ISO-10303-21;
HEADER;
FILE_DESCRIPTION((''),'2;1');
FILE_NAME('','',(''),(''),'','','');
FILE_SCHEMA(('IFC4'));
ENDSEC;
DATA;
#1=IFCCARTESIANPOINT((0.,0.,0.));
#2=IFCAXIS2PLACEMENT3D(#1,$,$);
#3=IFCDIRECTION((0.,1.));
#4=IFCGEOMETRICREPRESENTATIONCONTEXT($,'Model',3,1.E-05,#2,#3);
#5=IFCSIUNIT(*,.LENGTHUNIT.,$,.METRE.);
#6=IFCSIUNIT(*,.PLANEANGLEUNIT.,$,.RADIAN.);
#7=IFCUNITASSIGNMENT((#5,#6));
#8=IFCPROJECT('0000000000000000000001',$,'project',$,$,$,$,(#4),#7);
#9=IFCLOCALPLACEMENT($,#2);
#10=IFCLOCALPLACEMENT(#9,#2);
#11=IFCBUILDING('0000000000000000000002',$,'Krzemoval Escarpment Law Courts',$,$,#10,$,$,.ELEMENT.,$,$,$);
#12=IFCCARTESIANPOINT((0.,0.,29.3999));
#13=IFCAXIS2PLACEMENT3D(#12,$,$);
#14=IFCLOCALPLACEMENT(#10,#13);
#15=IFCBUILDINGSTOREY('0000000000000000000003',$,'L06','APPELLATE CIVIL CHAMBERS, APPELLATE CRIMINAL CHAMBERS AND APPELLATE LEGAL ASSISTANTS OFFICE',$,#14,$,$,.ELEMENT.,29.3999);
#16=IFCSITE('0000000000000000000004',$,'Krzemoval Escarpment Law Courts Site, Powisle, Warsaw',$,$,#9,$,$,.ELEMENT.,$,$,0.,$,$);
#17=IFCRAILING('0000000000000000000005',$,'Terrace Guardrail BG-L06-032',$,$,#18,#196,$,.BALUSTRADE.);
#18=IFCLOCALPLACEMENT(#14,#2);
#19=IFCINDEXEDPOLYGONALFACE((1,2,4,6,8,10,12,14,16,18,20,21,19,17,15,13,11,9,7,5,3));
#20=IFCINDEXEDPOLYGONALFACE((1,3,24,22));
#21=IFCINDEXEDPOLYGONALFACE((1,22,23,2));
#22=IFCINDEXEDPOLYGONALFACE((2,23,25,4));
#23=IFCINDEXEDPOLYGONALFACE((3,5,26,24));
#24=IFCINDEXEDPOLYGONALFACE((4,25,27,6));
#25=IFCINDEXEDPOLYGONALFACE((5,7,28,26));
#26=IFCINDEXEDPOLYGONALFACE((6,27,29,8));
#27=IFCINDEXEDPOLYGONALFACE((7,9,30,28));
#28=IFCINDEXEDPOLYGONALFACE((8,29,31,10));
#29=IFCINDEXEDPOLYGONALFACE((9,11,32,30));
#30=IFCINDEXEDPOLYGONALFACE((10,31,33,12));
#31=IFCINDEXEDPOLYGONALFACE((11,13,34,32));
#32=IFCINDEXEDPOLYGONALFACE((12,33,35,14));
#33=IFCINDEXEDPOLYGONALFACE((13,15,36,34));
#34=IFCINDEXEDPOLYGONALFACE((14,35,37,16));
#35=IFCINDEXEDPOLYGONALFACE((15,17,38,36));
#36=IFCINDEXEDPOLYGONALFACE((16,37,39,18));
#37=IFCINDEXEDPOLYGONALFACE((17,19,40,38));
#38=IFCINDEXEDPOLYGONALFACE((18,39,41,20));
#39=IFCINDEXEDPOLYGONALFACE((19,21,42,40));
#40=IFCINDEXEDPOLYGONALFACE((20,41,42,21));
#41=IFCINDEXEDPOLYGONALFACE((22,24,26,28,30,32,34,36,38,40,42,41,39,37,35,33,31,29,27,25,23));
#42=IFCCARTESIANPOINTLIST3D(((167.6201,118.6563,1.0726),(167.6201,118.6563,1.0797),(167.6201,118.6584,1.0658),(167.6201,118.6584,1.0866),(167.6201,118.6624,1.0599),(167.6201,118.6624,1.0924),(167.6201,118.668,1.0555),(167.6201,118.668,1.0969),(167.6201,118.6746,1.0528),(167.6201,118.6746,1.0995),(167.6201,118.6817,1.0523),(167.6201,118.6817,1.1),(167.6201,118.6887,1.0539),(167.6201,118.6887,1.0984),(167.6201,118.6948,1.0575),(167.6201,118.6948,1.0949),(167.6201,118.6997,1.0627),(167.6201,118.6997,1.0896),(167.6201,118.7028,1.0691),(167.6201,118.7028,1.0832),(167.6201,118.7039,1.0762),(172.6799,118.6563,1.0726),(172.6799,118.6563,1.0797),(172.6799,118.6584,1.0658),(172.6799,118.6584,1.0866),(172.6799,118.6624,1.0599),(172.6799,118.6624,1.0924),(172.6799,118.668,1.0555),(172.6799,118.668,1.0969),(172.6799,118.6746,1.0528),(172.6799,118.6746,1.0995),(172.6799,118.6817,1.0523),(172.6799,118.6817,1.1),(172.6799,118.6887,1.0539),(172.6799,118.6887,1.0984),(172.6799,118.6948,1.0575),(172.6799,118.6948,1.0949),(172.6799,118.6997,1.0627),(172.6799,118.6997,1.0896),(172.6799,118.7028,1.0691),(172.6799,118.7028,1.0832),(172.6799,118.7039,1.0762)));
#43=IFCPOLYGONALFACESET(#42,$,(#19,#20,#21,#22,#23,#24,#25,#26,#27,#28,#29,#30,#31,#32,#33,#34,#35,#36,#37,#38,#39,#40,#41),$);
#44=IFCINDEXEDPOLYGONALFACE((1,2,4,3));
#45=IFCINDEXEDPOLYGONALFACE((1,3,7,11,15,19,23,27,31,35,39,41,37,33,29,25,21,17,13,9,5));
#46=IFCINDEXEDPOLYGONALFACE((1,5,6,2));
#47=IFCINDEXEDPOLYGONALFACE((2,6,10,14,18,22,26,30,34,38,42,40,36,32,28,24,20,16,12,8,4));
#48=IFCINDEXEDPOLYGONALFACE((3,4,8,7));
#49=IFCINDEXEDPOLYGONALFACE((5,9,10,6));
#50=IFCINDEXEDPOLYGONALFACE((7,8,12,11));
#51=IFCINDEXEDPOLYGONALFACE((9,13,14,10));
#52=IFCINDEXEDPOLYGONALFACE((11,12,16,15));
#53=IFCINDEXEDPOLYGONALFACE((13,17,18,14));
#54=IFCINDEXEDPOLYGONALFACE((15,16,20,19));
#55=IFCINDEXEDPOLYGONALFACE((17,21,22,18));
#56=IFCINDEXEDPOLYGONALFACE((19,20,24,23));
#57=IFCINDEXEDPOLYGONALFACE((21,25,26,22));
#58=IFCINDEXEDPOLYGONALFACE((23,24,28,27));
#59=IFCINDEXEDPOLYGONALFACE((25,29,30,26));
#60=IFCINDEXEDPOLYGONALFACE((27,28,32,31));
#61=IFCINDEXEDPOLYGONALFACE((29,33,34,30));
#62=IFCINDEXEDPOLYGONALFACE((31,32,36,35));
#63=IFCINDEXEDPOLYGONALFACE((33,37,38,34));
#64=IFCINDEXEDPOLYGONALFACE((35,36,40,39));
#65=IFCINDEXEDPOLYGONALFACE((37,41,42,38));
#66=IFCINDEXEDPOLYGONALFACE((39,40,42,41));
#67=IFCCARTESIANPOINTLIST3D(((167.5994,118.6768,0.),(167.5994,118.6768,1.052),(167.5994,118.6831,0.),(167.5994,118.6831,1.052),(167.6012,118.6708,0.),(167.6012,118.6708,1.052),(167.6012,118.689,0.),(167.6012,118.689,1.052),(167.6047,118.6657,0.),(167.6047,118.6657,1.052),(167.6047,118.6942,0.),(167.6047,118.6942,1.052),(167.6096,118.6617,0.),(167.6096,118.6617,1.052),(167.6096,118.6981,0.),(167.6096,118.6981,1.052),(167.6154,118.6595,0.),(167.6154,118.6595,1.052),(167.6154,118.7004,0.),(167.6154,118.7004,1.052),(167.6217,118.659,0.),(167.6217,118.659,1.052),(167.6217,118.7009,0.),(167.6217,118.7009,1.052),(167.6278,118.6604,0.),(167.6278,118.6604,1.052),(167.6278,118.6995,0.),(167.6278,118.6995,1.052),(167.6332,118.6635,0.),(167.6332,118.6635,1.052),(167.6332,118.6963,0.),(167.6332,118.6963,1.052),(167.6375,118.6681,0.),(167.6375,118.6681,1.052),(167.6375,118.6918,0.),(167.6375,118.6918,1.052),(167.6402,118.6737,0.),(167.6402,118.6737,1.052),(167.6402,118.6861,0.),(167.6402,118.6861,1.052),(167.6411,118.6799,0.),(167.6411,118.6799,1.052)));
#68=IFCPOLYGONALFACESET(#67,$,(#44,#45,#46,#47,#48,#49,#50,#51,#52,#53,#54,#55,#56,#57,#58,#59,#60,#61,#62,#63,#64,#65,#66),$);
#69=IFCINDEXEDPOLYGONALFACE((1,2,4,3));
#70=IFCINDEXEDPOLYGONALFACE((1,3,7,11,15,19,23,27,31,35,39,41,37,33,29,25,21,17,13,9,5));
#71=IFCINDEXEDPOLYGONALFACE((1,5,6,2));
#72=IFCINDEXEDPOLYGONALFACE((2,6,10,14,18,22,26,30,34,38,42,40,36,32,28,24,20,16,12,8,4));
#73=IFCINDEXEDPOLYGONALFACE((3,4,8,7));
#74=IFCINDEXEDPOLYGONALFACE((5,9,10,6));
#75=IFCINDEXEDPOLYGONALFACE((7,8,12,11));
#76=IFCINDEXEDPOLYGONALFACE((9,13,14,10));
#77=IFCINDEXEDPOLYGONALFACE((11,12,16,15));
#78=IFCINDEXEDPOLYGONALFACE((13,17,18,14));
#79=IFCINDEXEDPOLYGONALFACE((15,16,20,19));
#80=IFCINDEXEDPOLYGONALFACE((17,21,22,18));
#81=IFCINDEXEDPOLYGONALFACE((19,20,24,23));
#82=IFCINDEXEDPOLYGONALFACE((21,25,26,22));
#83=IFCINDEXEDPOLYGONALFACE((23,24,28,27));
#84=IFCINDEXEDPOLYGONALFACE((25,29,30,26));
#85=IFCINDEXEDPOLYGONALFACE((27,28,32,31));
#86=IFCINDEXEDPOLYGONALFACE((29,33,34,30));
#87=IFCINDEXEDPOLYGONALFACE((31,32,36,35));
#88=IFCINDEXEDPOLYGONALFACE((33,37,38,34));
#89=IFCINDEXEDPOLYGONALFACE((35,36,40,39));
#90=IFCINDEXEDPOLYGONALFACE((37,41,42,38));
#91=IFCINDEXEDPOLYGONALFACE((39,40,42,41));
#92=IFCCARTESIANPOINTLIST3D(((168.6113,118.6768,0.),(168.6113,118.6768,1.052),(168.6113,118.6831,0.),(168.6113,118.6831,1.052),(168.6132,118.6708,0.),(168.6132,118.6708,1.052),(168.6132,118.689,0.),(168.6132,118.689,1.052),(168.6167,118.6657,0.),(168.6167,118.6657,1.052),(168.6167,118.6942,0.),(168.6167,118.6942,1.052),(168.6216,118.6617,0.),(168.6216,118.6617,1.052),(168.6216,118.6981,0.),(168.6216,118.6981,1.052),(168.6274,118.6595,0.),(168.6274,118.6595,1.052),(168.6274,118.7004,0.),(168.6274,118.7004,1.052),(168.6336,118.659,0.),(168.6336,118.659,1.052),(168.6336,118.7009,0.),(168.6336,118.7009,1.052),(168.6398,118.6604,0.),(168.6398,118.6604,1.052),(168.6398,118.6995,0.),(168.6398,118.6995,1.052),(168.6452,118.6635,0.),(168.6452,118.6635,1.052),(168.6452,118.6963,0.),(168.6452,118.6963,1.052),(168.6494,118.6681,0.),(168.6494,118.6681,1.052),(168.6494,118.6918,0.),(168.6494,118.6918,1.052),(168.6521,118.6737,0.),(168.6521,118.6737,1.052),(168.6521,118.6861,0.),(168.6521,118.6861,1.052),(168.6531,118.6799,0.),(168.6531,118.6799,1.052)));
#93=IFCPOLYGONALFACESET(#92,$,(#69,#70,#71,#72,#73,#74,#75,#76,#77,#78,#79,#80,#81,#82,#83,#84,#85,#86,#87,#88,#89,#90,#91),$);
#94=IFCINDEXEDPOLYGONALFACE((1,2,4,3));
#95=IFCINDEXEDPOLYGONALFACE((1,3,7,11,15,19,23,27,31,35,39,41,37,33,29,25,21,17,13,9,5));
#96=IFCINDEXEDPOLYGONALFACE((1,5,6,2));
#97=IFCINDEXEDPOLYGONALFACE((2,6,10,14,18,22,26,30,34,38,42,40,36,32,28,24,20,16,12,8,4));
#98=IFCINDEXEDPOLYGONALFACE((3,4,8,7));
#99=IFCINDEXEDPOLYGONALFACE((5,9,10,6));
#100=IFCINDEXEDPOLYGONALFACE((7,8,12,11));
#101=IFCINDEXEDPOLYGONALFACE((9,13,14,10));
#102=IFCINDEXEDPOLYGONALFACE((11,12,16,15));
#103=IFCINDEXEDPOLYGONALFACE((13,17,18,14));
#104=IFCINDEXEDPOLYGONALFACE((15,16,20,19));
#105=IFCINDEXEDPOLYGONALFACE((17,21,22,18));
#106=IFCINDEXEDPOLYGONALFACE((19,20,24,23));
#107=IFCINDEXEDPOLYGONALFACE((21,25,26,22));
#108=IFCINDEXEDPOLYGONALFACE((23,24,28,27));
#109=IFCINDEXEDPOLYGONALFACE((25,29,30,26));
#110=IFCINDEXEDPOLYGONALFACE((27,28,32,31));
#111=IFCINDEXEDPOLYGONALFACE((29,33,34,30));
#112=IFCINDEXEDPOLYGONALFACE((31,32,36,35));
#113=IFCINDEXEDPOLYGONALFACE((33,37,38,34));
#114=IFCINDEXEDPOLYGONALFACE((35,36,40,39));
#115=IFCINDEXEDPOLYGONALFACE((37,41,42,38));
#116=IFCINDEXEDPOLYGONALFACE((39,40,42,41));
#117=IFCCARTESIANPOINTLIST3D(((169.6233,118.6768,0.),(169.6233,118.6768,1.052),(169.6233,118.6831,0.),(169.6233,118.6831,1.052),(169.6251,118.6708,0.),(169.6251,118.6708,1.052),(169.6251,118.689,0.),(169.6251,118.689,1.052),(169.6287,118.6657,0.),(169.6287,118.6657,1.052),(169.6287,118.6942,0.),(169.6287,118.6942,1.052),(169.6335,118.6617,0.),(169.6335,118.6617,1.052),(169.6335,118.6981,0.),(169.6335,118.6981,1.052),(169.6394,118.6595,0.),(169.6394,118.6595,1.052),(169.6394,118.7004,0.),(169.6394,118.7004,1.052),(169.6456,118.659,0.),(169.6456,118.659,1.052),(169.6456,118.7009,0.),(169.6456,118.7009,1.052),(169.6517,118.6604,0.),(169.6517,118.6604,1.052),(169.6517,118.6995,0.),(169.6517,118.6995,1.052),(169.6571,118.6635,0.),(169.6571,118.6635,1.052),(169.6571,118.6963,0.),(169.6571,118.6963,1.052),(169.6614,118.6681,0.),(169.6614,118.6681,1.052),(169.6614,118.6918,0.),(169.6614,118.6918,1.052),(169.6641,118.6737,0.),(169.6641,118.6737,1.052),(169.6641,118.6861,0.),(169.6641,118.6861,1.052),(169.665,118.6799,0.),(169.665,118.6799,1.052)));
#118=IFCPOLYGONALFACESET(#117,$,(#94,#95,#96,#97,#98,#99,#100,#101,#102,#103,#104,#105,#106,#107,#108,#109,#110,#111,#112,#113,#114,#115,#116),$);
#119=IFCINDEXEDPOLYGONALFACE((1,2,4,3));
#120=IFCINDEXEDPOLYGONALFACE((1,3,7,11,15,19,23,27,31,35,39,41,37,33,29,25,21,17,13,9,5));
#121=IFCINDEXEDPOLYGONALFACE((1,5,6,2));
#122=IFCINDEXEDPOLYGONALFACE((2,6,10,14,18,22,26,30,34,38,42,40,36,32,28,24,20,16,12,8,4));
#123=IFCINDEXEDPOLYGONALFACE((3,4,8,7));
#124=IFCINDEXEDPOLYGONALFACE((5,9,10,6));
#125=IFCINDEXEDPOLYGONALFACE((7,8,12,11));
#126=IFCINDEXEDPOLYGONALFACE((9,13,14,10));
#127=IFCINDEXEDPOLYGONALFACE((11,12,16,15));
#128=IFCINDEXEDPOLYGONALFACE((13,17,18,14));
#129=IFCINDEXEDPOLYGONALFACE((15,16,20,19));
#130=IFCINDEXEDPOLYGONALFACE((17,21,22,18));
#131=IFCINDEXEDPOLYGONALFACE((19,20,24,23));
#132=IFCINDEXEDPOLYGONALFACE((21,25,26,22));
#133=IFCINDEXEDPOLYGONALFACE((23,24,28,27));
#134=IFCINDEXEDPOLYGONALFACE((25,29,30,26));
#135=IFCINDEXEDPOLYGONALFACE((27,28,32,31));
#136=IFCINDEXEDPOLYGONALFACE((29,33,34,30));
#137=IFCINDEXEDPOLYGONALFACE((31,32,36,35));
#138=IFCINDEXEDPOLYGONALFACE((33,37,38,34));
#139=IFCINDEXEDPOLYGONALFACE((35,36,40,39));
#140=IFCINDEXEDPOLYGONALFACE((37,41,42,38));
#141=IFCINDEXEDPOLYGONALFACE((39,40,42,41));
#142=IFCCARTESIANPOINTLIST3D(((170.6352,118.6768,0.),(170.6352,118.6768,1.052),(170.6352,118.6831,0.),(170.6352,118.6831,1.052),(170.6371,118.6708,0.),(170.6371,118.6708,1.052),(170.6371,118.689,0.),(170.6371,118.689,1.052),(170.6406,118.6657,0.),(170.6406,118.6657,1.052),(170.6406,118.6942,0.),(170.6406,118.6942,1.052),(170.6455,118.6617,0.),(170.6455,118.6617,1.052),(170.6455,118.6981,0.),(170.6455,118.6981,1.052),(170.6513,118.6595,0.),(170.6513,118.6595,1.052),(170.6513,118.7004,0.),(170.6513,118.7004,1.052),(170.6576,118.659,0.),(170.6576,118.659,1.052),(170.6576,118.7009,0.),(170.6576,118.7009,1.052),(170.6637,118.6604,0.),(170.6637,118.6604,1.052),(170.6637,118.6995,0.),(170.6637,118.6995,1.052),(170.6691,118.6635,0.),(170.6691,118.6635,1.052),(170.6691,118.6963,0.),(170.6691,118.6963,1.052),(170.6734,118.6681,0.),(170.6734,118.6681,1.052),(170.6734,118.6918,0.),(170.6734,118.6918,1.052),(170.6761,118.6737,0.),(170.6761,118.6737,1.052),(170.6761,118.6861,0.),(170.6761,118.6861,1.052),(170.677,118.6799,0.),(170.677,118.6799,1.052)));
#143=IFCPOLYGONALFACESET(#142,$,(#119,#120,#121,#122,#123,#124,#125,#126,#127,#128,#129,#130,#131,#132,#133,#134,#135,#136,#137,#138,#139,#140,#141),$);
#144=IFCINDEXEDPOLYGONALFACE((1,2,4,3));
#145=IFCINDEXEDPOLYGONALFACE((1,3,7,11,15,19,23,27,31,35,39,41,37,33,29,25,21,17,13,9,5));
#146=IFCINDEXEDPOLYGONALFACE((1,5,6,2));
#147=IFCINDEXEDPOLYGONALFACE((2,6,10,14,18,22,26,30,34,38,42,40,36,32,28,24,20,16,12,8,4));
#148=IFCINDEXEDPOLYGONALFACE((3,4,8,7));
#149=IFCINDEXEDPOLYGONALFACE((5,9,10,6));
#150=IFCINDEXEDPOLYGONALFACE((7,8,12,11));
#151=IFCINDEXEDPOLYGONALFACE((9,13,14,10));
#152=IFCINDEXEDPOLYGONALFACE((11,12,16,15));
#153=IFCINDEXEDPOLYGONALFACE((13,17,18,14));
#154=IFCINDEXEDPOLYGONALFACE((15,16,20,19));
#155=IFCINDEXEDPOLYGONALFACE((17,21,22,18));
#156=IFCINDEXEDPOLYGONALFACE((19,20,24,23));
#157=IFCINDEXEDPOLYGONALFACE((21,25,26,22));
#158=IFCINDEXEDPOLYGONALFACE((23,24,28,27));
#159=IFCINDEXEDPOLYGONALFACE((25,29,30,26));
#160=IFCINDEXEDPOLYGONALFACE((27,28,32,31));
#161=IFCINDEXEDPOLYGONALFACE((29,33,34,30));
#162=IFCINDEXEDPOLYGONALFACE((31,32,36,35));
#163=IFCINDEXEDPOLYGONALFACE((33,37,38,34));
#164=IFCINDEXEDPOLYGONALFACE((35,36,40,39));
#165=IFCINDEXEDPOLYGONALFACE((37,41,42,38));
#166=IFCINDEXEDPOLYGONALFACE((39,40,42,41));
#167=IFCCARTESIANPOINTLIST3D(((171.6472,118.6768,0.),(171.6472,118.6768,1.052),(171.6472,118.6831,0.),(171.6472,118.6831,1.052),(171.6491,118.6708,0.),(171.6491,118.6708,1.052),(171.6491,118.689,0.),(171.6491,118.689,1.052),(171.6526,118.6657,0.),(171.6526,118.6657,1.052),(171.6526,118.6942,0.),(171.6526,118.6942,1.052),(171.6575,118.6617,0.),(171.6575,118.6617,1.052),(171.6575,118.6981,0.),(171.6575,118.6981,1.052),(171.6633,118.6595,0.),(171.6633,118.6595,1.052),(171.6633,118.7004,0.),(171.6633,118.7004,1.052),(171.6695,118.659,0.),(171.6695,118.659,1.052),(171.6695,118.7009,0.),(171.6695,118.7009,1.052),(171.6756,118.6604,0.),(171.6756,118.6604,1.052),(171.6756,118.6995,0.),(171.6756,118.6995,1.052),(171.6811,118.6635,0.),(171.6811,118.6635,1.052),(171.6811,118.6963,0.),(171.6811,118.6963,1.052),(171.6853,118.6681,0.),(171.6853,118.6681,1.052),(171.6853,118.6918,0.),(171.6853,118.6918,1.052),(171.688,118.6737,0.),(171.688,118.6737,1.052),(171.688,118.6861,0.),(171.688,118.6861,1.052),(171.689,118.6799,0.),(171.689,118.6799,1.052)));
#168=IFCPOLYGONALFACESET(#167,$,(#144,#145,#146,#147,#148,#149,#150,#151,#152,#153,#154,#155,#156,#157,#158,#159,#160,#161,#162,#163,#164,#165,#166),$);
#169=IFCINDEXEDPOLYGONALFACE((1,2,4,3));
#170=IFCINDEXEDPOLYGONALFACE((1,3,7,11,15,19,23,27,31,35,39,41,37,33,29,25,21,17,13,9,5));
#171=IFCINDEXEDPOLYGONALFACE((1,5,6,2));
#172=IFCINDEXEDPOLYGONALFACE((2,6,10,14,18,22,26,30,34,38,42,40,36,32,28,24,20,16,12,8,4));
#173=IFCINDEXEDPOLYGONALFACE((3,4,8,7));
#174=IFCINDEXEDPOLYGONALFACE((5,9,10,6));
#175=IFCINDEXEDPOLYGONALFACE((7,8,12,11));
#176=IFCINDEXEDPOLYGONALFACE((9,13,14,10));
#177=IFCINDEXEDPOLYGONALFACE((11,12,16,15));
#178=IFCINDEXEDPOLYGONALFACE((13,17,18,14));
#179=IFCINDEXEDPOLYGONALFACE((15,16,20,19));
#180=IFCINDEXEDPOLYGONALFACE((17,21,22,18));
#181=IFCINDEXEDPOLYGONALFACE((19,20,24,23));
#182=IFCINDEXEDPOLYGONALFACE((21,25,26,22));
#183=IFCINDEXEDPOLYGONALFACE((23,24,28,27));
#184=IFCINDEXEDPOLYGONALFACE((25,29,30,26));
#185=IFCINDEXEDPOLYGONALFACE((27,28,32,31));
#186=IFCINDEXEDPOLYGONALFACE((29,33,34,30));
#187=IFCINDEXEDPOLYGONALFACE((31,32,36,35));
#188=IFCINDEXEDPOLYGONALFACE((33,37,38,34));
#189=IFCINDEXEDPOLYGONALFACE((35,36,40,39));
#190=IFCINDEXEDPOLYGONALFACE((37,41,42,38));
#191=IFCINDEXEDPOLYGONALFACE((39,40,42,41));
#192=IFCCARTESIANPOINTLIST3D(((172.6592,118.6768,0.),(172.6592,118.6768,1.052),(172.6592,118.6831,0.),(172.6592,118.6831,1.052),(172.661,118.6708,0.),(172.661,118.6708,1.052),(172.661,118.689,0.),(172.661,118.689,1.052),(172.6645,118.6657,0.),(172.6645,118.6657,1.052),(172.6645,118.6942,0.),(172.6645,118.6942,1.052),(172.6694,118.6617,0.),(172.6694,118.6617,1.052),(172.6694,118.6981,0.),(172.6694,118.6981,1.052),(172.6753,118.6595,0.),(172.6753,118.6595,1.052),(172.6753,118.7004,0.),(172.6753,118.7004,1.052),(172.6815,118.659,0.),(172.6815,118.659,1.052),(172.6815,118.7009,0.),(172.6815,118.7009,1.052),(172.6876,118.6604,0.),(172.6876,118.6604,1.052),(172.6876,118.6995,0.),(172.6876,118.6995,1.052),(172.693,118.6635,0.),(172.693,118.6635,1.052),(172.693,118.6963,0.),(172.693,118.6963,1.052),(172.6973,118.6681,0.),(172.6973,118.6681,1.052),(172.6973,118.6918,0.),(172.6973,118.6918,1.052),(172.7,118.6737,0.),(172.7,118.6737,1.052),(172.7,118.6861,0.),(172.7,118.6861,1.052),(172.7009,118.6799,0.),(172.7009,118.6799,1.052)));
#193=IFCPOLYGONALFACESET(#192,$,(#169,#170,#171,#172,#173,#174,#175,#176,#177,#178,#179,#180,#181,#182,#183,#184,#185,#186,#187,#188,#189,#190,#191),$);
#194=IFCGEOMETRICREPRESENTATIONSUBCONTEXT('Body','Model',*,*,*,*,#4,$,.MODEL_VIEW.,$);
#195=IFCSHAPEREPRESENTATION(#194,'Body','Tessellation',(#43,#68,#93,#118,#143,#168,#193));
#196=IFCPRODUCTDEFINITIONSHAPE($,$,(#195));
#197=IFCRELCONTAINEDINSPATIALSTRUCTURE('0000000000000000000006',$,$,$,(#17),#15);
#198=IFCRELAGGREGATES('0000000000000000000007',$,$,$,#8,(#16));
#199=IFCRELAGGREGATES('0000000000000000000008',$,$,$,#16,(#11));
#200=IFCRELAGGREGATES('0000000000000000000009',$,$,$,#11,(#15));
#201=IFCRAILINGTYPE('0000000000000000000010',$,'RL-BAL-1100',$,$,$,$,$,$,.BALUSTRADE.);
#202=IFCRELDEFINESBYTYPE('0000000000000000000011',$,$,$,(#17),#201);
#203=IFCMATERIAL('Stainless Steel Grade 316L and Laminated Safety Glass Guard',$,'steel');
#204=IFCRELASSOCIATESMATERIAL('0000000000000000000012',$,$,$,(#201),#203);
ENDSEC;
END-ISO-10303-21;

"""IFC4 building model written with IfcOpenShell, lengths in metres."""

from ifc_helpers import new_model, si_unit, direction, frame, origin, origin_2d, place, context, subcontext, project, spatial, circle, extrude, material, type_object, element, save


model = new_model("IFC4")

# Units and contexts
model_context = context("Model", 3, precision=1e-05, world=origin(), true_north=direction((0.0, 1.0)))
body_context = subcontext(model_context, "Body", "Model", "MODEL_VIEW")
ifc_project = project(units=[si_unit("LENGTHUNIT", "METRE"), si_unit("PLANEANGLEUNIT", "RADIAN")], contexts=[model_context])

# Site, building, storey
site_placement = place(None, origin())
site = spatial("IfcSite", under=ifc_project, at=site_placement, Name="Krzemoval Escarpment Law Courts Site, Powisle, Warsaw", CompositionType="ELEMENT", RefElevation=0.0)
building_placement = place(site_placement, origin())
building = spatial("IfcBuilding", under=site, at=building_placement, Name="Krzemoval Escarpment Law Courts", CompositionType="ELEMENT")
storey_placement = place(building_placement, frame((0.0, 0.0, 29.3999)))
storey = spatial("IfcBuildingStorey", under=building, at=storey_placement, Name="L06", Description="APPELLATE CIVIL CHAMBERS, APPELLATE CRIMINAL CHAMBERS AND APPELLATE LEGAL ASSISTANTS OFFICE", CompositionType="ELEMENT", Elevation=29.3999)

# Railing
ifc_material_1 = material(Name="Stainless Steel Grade 316L and Laminated Safety Glass Guard", Category="steel")
railing_type = type_object("IfcRailingType", Name="RL-BAL-1100", PredefinedType="BALUSTRADE", material=ifc_material_1)
railing_1_placement = place(storey_placement, frame((167.6201, 118.6799, 0.0)))
element("IfcRailing", 1, at=railing_1_placement, inside=storey, type_object=railing_type, Name="Terrace Guardrail BG-L06-032", PredefinedType="BALUSTRADE", context=body_context, shape_type="SweptSolid", body=[
    extrude(circle(Radius=0.0239, at=origin_2d()), frame((0.0, 0.0, 1.0762), z_axis=(1.0, 0.0, 0.0), x_axis=(0.0, 1.0, 0.0)), (0.0, 0.0, 1.0), 5.0598),
    extrude(circle(Radius=0.021, at=origin_2d()), origin(), (0.0, 0.0, 1.0), 1.052),
    extrude(circle(Radius=0.021, at=origin_2d()), frame((1.012, 0.0, 0.0)), (0.0, 0.0, 1.0), 1.052),
    extrude(circle(Radius=0.021, at=origin_2d()), frame((2.0239, 0.0, 0.0)), (0.0, 0.0, 1.0), 1.052),
    extrude(circle(Radius=0.021, at=origin_2d()), frame((3.0359, 0.0, 0.0)), (0.0, 0.0, 1.0), 1.052),
    extrude(circle(Radius=0.021, at=origin_2d()), frame((4.0479, 0.0, 0.0)), (0.0, 0.0, 1.0), 1.052),
    extrude(circle(Radius=0.021, at=origin_2d()), frame((5.0598, 0.0, 0.0)), (0.0, 0.0, 1.0), 1.052),
])

save(model, "model.ifc")
